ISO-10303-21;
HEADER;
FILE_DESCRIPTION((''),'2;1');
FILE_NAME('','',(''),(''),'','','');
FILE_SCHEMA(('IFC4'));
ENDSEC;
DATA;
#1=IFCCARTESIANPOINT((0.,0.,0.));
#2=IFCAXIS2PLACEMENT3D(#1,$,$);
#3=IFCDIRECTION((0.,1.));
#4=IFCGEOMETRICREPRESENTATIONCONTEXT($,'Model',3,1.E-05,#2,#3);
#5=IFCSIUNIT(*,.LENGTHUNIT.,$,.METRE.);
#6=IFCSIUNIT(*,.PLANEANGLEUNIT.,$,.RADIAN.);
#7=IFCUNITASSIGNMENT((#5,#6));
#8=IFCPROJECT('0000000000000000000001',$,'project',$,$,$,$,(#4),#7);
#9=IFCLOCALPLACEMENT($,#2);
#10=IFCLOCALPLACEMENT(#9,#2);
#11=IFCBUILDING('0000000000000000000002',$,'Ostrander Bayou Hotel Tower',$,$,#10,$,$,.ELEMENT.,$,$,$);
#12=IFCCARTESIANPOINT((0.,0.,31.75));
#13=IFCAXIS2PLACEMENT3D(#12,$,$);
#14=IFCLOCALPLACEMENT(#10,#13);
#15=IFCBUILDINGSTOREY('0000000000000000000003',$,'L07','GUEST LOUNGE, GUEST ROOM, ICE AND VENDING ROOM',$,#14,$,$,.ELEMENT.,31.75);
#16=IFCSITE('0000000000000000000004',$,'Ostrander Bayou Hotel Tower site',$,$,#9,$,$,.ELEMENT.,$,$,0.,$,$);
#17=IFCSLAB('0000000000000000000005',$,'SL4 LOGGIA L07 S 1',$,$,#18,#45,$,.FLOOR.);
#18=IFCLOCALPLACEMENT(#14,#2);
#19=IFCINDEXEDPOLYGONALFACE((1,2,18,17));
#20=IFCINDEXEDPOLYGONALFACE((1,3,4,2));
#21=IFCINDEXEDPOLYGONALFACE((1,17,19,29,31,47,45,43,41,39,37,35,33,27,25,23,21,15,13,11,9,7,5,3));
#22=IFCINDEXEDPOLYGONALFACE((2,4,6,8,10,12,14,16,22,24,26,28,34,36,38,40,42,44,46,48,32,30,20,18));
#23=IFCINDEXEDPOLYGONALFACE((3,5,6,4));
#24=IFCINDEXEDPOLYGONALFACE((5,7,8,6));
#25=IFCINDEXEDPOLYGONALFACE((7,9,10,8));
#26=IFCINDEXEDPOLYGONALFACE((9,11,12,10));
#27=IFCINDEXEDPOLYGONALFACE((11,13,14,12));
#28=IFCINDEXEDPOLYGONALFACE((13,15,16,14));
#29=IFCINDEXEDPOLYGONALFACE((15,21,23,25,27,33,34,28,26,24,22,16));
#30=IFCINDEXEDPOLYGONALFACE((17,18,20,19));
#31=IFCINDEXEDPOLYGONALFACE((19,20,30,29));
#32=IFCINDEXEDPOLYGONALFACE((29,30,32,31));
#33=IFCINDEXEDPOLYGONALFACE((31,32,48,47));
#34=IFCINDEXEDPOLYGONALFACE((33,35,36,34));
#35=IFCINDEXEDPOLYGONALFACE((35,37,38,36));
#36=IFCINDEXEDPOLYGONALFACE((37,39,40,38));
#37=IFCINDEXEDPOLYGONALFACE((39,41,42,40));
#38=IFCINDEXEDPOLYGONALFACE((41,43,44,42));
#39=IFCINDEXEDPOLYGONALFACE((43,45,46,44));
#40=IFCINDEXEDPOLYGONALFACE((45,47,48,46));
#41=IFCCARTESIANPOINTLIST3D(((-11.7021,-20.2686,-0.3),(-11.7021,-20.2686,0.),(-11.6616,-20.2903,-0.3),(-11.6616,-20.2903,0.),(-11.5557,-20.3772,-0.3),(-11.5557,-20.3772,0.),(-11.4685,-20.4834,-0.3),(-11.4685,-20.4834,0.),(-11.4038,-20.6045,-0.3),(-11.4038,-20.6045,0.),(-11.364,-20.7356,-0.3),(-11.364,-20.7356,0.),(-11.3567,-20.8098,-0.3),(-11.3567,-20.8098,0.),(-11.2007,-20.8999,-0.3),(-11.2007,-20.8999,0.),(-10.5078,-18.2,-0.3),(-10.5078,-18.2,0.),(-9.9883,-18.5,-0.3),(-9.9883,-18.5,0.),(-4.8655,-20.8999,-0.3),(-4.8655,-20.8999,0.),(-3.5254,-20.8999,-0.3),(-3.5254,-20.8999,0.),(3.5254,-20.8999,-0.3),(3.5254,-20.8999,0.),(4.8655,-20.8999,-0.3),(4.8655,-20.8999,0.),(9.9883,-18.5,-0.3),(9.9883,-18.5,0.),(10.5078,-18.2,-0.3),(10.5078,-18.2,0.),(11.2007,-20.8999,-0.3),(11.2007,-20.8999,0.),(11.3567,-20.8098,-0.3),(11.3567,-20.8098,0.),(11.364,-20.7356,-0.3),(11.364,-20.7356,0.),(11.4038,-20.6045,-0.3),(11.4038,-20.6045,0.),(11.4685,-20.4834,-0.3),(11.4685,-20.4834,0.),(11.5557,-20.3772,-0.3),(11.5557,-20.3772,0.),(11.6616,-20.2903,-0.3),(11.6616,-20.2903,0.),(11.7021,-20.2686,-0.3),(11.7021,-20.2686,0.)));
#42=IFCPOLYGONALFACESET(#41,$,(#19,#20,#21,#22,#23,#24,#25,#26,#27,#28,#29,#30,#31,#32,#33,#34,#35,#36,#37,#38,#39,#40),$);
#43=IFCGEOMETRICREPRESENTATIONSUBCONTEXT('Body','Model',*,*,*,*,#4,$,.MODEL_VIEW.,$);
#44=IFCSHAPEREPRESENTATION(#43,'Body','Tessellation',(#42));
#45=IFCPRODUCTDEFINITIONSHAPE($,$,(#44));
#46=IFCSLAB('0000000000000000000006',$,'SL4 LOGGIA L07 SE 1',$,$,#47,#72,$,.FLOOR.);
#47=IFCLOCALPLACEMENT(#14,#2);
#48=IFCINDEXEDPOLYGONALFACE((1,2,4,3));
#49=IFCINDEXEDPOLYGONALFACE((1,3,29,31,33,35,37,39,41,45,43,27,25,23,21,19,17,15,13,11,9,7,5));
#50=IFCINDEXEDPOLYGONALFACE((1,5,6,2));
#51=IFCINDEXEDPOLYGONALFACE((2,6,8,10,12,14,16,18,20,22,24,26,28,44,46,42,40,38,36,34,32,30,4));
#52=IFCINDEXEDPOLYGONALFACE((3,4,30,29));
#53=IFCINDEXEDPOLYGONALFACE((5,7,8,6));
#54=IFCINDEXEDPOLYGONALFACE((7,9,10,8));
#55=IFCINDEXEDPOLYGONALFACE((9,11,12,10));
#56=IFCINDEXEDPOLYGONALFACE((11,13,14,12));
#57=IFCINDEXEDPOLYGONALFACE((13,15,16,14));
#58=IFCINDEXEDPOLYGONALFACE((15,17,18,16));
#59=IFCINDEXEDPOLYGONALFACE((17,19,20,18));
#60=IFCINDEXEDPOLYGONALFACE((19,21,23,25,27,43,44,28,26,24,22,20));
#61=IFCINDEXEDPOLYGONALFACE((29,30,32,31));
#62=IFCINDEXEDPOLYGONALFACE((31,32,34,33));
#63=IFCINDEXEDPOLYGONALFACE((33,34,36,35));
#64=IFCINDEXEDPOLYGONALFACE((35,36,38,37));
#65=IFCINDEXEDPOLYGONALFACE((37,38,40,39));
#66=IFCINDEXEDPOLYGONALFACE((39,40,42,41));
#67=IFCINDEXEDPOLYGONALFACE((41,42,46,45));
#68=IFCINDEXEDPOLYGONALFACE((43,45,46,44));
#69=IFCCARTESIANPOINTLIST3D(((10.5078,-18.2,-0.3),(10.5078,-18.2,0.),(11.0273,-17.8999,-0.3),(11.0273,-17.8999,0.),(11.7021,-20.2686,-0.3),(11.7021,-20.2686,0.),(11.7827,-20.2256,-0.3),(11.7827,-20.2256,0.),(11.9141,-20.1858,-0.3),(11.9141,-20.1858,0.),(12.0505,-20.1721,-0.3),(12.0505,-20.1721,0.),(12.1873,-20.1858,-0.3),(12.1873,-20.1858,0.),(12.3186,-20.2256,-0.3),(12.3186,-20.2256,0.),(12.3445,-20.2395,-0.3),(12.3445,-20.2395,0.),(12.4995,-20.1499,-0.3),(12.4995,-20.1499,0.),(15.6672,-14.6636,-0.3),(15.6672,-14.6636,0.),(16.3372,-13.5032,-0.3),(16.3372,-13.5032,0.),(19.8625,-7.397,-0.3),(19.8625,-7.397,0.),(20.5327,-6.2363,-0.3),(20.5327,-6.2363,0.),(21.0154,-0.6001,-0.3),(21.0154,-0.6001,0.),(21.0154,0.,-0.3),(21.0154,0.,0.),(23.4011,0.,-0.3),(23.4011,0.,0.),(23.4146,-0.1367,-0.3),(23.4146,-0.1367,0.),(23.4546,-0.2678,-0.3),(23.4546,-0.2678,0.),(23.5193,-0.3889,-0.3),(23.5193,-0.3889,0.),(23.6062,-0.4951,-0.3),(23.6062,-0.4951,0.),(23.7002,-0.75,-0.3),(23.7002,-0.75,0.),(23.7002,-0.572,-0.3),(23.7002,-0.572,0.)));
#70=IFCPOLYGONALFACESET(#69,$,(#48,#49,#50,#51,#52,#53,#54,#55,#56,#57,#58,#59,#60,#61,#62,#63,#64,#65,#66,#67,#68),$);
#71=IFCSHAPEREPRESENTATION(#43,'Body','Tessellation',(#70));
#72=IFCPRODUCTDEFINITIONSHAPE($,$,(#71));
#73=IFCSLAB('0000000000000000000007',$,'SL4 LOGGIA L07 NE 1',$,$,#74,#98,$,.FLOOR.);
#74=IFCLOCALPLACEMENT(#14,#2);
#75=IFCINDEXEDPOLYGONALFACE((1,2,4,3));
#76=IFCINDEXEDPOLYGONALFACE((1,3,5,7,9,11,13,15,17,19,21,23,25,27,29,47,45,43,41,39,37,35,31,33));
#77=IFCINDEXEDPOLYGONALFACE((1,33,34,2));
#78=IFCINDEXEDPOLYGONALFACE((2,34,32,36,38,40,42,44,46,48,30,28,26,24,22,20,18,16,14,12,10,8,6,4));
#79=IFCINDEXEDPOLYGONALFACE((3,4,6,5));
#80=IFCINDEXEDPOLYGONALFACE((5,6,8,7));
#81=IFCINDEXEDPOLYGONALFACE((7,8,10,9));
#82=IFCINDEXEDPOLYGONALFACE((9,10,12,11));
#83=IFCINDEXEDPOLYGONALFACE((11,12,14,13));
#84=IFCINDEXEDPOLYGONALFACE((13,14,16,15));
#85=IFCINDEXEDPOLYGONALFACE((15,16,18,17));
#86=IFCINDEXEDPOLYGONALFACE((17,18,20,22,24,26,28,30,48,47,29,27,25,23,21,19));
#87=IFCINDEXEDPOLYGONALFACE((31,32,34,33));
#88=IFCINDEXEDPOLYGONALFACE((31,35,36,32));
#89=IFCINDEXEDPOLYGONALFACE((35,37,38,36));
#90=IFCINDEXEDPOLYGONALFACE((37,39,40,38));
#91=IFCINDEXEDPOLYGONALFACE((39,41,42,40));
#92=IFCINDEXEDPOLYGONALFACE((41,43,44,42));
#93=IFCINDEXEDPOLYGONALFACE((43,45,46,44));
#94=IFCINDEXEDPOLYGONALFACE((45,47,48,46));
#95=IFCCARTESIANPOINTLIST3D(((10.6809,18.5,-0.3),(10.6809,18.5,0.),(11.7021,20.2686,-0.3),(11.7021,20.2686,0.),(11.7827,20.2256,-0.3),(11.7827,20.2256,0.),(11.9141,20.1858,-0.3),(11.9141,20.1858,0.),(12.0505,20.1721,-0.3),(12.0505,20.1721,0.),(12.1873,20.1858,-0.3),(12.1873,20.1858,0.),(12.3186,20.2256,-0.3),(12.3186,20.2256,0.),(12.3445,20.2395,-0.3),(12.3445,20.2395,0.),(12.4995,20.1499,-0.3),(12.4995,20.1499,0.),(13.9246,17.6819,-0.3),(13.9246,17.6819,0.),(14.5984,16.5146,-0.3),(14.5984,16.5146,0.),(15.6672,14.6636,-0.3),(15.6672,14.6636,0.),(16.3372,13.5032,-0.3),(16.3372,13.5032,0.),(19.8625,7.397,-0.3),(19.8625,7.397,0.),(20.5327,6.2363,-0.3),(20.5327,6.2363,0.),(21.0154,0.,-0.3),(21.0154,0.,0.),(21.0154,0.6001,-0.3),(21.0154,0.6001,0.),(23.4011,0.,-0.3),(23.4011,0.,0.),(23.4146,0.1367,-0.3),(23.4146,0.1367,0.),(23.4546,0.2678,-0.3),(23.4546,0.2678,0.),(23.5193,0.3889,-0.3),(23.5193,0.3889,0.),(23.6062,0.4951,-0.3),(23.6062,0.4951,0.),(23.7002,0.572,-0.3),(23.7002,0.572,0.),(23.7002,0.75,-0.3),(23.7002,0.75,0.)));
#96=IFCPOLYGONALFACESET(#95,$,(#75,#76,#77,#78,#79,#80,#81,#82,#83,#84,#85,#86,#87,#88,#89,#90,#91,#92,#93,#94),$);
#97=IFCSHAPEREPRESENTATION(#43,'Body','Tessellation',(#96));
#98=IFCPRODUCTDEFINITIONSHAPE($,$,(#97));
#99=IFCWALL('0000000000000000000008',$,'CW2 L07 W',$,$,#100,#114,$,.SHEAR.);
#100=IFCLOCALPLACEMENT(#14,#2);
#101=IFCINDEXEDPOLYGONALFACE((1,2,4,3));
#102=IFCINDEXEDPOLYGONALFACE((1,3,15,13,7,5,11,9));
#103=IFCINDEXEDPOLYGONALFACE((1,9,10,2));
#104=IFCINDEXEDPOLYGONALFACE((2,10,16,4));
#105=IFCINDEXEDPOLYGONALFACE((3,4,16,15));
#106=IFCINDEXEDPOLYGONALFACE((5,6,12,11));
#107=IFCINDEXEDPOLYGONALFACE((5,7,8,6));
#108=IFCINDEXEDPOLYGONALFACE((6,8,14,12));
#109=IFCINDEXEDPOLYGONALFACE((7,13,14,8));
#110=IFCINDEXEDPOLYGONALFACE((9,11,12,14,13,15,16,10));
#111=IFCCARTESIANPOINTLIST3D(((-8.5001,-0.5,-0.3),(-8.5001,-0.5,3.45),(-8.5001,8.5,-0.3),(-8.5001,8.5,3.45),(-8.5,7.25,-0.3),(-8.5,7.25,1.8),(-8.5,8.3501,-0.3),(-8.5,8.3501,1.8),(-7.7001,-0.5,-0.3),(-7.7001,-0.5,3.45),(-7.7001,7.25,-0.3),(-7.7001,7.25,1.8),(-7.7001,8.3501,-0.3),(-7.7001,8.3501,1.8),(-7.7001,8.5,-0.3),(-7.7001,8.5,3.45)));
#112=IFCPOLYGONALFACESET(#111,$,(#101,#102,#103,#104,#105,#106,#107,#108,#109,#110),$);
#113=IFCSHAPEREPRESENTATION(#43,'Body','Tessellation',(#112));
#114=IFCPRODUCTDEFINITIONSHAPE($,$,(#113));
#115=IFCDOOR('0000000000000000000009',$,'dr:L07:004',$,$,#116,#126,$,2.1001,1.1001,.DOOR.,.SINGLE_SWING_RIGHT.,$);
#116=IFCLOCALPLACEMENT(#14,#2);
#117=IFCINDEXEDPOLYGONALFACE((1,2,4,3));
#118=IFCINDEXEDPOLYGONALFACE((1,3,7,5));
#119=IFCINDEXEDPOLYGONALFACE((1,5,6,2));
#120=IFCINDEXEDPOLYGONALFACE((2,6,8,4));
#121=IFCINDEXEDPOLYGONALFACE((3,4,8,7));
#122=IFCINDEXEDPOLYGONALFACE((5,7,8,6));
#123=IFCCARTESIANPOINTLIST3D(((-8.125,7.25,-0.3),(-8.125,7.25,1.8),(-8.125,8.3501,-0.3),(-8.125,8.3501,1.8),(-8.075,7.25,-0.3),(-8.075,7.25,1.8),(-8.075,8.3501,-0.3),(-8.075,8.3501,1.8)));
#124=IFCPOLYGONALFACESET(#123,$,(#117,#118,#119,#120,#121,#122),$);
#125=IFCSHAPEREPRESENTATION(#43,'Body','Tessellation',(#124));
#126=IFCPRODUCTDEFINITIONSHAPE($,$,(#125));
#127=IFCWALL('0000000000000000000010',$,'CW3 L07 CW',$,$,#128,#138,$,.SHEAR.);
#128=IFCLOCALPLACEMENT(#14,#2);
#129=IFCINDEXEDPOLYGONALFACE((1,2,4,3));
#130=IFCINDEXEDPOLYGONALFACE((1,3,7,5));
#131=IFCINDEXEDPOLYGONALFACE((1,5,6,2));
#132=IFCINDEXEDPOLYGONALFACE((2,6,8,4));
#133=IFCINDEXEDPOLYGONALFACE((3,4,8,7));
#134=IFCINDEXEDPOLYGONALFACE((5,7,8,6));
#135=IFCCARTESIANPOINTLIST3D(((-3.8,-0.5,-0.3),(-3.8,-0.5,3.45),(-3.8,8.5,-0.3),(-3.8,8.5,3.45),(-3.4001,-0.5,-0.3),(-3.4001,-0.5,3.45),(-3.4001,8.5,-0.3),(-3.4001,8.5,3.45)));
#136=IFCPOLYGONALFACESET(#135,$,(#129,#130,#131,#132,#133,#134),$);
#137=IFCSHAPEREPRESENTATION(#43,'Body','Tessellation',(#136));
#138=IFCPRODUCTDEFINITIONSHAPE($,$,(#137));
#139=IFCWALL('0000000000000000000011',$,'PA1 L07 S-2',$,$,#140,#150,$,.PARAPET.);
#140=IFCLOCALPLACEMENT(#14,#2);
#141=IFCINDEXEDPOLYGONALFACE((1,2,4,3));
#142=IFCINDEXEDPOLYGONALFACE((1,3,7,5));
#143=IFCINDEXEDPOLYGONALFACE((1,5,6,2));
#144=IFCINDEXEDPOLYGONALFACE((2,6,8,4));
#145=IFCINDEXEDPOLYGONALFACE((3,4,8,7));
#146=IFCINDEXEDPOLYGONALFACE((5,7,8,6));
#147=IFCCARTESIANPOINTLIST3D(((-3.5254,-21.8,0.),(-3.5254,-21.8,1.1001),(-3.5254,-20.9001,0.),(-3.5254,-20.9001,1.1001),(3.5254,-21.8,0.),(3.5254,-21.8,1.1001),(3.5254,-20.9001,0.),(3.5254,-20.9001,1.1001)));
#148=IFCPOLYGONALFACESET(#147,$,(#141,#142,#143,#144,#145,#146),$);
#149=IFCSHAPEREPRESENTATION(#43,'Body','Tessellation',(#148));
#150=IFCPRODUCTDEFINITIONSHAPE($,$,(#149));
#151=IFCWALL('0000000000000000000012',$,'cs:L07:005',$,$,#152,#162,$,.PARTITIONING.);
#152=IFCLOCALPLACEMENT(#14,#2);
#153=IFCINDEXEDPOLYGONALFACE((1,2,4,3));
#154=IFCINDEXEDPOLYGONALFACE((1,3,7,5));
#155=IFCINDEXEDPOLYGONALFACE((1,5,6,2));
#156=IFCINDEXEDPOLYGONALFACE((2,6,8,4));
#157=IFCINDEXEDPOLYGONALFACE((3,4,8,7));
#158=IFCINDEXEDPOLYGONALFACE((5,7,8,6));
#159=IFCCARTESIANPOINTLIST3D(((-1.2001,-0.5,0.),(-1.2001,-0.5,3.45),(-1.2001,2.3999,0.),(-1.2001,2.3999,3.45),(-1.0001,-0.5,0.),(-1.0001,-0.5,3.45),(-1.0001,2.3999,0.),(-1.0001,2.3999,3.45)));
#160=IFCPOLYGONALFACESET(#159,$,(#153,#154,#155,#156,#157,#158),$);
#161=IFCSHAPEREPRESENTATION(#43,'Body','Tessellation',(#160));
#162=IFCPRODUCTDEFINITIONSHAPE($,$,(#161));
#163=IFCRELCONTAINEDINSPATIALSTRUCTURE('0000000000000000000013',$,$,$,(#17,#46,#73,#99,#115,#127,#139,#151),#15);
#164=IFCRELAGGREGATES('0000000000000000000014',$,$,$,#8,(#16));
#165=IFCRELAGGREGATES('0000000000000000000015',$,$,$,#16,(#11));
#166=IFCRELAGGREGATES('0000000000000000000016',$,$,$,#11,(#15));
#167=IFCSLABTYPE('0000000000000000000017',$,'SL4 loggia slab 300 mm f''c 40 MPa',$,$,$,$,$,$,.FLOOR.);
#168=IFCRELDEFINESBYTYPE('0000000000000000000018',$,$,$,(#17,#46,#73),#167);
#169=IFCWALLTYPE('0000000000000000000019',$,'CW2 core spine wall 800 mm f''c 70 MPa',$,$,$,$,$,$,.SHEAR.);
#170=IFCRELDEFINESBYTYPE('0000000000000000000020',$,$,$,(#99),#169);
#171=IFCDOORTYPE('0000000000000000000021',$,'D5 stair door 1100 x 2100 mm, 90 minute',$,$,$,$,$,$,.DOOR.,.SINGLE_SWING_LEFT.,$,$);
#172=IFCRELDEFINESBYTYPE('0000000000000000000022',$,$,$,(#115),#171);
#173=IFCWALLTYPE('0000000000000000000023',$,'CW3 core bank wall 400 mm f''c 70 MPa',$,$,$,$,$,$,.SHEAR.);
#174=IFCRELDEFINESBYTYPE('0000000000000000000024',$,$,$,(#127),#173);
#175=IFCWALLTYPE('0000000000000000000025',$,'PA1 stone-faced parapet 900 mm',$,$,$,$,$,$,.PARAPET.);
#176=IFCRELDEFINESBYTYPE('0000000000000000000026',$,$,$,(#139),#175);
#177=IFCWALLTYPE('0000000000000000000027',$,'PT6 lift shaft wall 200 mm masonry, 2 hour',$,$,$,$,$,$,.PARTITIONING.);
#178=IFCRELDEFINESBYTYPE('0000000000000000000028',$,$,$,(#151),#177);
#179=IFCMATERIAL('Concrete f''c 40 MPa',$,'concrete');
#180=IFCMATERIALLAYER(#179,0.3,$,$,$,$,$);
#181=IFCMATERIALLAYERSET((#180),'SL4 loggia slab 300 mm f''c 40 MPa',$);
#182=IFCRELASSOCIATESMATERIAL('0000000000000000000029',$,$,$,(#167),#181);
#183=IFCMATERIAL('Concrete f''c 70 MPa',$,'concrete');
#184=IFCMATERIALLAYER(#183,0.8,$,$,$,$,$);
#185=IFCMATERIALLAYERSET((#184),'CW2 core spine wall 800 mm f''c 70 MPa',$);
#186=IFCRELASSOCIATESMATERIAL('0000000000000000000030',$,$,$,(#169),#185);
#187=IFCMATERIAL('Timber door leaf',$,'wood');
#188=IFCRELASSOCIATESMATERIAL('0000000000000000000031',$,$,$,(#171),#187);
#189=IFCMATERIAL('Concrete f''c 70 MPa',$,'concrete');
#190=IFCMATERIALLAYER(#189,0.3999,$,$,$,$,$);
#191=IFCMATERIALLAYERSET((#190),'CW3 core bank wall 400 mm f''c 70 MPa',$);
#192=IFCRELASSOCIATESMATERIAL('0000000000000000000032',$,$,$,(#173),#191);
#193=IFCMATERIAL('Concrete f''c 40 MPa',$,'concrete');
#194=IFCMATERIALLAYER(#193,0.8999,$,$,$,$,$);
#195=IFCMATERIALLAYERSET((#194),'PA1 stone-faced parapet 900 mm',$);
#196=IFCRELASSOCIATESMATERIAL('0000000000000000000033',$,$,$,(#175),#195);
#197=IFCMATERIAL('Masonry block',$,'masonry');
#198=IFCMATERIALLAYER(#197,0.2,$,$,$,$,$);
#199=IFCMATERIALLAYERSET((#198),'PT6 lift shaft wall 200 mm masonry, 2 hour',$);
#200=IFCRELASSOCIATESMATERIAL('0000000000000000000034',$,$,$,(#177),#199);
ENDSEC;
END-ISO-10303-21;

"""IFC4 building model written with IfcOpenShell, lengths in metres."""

from ifc_helpers import new_model, si_unit, direction, frame, frame_2d, origin, place, context, subcontext, project, spatial, polyline, rectangle, outline, extrude, material, layer, layer_set, type_object, element, fill, save


model = new_model("IFC4")

# Units and contexts
model_context = context("Model", 3, precision=1e-05, world=origin(), true_north=direction((0.0, 1.0)))
body_context = subcontext(model_context, "Body", "Model", "MODEL_VIEW")
ifc_project = project(units=[si_unit("LENGTHUNIT", "METRE"), si_unit("PLANEANGLEUNIT", "RADIAN")], contexts=[model_context])

# Site, building, storey
site_placement = place(None, origin())
site = spatial("IfcSite", under=ifc_project, at=site_placement, Name="Ostrander Bayou Hotel Tower site", CompositionType="ELEMENT", RefElevation=0.0)
building_placement = place(site_placement, origin())
building = spatial("IfcBuilding", under=site, at=building_placement, Name="Ostrander Bayou Hotel Tower", CompositionType="ELEMENT")
storey_placement = place(building_placement, frame((0.0, 0.0, 31.75)))
storey = spatial("IfcBuildingStorey", under=building, at=storey_placement, Name="L07", Description="GUEST LOUNGE, GUEST ROOM, ICE AND VENDING ROOM", CompositionType="ELEMENT", Elevation=31.75)

# Slabs
ifc_material_1 = material(Name="Concrete f'c 40 MPa", Category="concrete")
ifc_layer_1 = layer(ifc_material_1, 0.3)
ifc_layer_set_1 = layer_set([ifc_layer_1], Name="SL4 loggia slab 300 mm f'c 40 MPa")
slab_type_1 = type_object("IfcSlabType", Name="SL4 loggia slab 300 mm f'c 40 MPa", PredefinedType="FLOOR", material=ifc_layer_set_1)
slab_1_placement = place(storey_placement, frame((0.0, 0.0, -0.3)))
element("IfcSlab", 1, at=slab_1_placement, inside=storey, type_object=slab_type_1, Name="SL4 LOGGIA L07 S 1", PredefinedType="FLOOR", context=body_context, shape_type="SweptSolid", body=[
    extrude(outline(polyline([(10.5078, -18.2), (11.7021, -20.2686), (11.6616, -20.2903), (11.5557, -20.3772), (11.4685, -20.4834), (11.4038, -20.6045), (11.364, -20.7356), (11.3567, -20.8098), (11.2007, -20.8999), (4.8655, -20.8999), (3.5254, -20.8999), (-3.5254, -20.8999), (-4.8655, -20.8999), (-11.2007, -20.8999), (-11.3567, -20.8098), (-11.364, -20.7356), (-11.4038, -20.6045), (-11.4685, -20.4834), (-11.5557, -20.3772), (-11.6616, -20.2903), (-11.7021, -20.2686), (-10.5078, -18.2), (-9.9883, -18.5), (9.9883, -18.5), (10.5078, -18.2)])), origin(), (0.0, 0.0, 1.0), 0.3),
])
slab_2_placement = place(storey_placement, frame((0.0, 0.0, -0.3)))
element("IfcSlab", 2, at=slab_2_placement, inside=storey, type_object=slab_type_1, Name="SL4 LOGGIA L07 SE 1", PredefinedType="FLOOR", context=body_context, shape_type="SweptSolid", body=[
    extrude(outline(polyline([(21.0154, 0.0), (23.4011, 0.0), (23.4146, -0.1367), (23.4546, -0.2678), (23.5193, -0.3889), (23.6062, -0.4951), (23.7002, -0.572), (23.7002, -0.75), (20.5327, -6.2363), (19.8625, -7.397), (16.3372, -13.5032), (15.6672, -14.6636), (12.4995, -20.1499), (12.3445, -20.2395), (12.3186, -20.2256), (12.1873, -20.1858), (12.0505, -20.1721), (11.9141, -20.1858), (11.7827, -20.2256), (11.7021, -20.2686), (10.5078, -18.2), (11.0273, -17.8999), (21.0154, -0.6001), (21.0154, 0.0)])), origin(), (0.0, 0.0, 1.0), 0.3),
])
slab_3_placement = place(storey_placement, frame((0.0, 0.0, -0.3)))
element("IfcSlab", 3, at=slab_3_placement, inside=storey, type_object=slab_type_1, Name="SL4 LOGGIA L07 NE 1", PredefinedType="FLOOR", context=body_context, shape_type="SweptSolid", body=[
    extrude(outline(polyline([(11.7021, 20.2686), (11.7827, 20.2256), (11.9141, 20.1858), (12.0505, 20.1721), (12.1873, 20.1858), (12.3186, 20.2256), (12.3445, 20.2395), (12.4995, 20.1499), (13.9246, 17.6819), (14.5984, 16.5146), (15.6672, 14.6636), (16.3372, 13.5032), (19.8625, 7.397), (20.5327, 6.2363), (23.7002, 0.75), (23.7002, 0.572), (23.6062, 0.4951), (23.5193, 0.3889), (23.4546, 0.2678), (23.4146, 0.1367), (23.4011, 0.0), (21.0154, 0.0), (21.0154, 0.6001), (10.6809, 18.5), (11.7021, 20.2686)])), origin(), (0.0, 0.0, 1.0), 0.3),
])

# Wall, opening, door
ifc_material_2 = material(Name="Concrete f'c 70 MPa", Category="concrete")
ifc_layer_2 = layer(ifc_material_2, 0.8)
ifc_layer_set_2 = layer_set([ifc_layer_2], Name="CW2 core spine wall 800 mm f'c 70 MPa")
wall_type_1 = type_object("IfcWallType", Name="CW2 core spine wall 800 mm f'c 70 MPa", PredefinedType="SHEAR", material=ifc_layer_set_2)
wall_1_placement = place(storey_placement, frame((-8.1001, -0.5, -0.3), z_axis=(0.0, 0.0, 1.0), x_axis=(0.0, 1.0, 0.0)))
wall_1 = element("IfcWall", 4, at=wall_1_placement, inside=storey, type_object=wall_type_1, Name="CW2 L07 W", PredefinedType="SHEAR", context=body_context, shape_type="SweptSolid", body=[
    extrude(rectangle(XDim=9.0, YDim=0.8, at=frame_2d((4.5, 0.0))), origin(), (0.0, 0.0, 1.0), 3.75),
])
opening_1_placement = place(wall_1_placement, frame((7.75, 0.0, 0.0)))
opening_1 = element("IfcOpeningElement", 5, at=opening_1_placement, cuts=wall_1, PredefinedType="OPENING", context=body_context, shape_type="SweptSolid", body=[
    extrude(rectangle(XDim=1.1001, YDim=2.1001, at=frame_2d((0.55, 1.05))), frame((0.0, 0.3999, 0.0), z_axis=(0.0, -1.0, 0.0), x_axis=(1.0, 0.0, 0.0)), (0.0, 0.0, 1.0), 0.8),
])
ifc_material_3 = material(Name="Timber door leaf", Category="wood")
door_type_1 = type_object("IfcDoorType", Name="D5 stair door 1100 x 2100 mm, 90 minute", OperationType="SINGLE_SWING_LEFT", PredefinedType="DOOR", material=ifc_material_3)
door_1_placement = place(opening_1_placement, origin())
door_1 = element("IfcDoor", 6, at=door_1_placement, inside=storey, type_object=door_type_1, Name="dr:L07:004", OperationType="SINGLE_SWING_RIGHT", OverallHeight=2.1001, OverallWidth=1.1001, PredefinedType="DOOR", context=body_context, shape_type="SweptSolid", body=[
    extrude(rectangle(XDim=1.1001, YDim=2.1001, at=frame_2d((0.55, 1.05))), frame((0.0, 0.0249, 0.0), z_axis=(0.0, -1.0, 0.0), x_axis=(1.0, 0.0, 0.0)), (0.0, 0.0, 1.0), 0.05),
])
fill(opening_1, door_1)

# Walls
ifc_material_4 = material(Name="Concrete f'c 70 MPa", Category="concrete")
ifc_layer_3 = layer(ifc_material_4, 0.3999)
ifc_layer_set_3 = layer_set([ifc_layer_3], Name="CW3 core bank wall 400 mm f'c 70 MPa")
wall_type_2 = type_object("IfcWallType", Name="CW3 core bank wall 400 mm f'c 70 MPa", PredefinedType="SHEAR", material=ifc_layer_set_3)
wall_2_placement = place(storey_placement, frame((-3.6001, -0.5, -0.3), z_axis=(0.0, 0.0, 1.0), x_axis=(0.0, 1.0, 0.0)))
element("IfcWall", 7, at=wall_2_placement, inside=storey, type_object=wall_type_2, Name="CW3 L07 CW", PredefinedType="SHEAR", context=body_context, shape_type="SweptSolid", body=[
    extrude(rectangle(XDim=9.0, YDim=0.3999, at=frame_2d((4.5, 0.0))), origin(), (0.0, 0.0, 1.0), 3.75),
])
ifc_material_5 = material(Name="Concrete f'c 40 MPa", Category="concrete")
ifc_layer_4 = layer(ifc_material_5, 0.8999)
ifc_layer_set_4 = layer_set([ifc_layer_4], Name="PA1 stone-faced parapet 900 mm")
wall_type_3 = type_object("IfcWallType", Name="PA1 stone-faced parapet 900 mm", PredefinedType="PARAPET", material=ifc_layer_set_4)
wall_3_placement = place(storey_placement, frame((-3.5254, -21.3501, 0.0), z_axis=(0.0, 0.0, 1.0), x_axis=(1.0, 0.0, 0.0)))
element("IfcWall", 8, at=wall_3_placement, inside=storey, type_object=wall_type_3, Name="PA1 L07 S-2", PredefinedType="PARAPET", context=body_context, shape_type="SweptSolid", body=[
    extrude(rectangle(XDim=7.0508, YDim=0.8999, at=frame_2d((3.5254, 0.0))), origin(), (0.0, 0.0, 1.0), 1.1001),
])
ifc_material_6 = material(Name="Masonry block", Category="masonry")
ifc_layer_5 = layer(ifc_material_6, 0.2)
ifc_layer_set_5 = layer_set([ifc_layer_5], Name="PT6 lift shaft wall 200 mm masonry, 2 hour")
wall_type_4 = type_object("IfcWallType", Name="PT6 lift shaft wall 200 mm masonry, 2 hour", PredefinedType="PARTITIONING", material=ifc_layer_set_5)
wall_4_placement = place(storey_placement, frame((-1.1001, -0.5, 0.0), z_axis=(0.0, 0.0, 1.0), x_axis=(0.0, 1.0, 0.0)))
element("IfcWall", 9, at=wall_4_placement, inside=storey, type_object=wall_type_4, Name="cs:L07:005", PredefinedType="PARTITIONING", context=body_context, shape_type="SweptSolid", body=[
    extrude(rectangle(XDim=2.8999, YDim=0.2, at=frame_2d((1.45, 0.0))), origin(), (0.0, 0.0, 1.0), 3.45),
])

save(model, "model.ifc")
